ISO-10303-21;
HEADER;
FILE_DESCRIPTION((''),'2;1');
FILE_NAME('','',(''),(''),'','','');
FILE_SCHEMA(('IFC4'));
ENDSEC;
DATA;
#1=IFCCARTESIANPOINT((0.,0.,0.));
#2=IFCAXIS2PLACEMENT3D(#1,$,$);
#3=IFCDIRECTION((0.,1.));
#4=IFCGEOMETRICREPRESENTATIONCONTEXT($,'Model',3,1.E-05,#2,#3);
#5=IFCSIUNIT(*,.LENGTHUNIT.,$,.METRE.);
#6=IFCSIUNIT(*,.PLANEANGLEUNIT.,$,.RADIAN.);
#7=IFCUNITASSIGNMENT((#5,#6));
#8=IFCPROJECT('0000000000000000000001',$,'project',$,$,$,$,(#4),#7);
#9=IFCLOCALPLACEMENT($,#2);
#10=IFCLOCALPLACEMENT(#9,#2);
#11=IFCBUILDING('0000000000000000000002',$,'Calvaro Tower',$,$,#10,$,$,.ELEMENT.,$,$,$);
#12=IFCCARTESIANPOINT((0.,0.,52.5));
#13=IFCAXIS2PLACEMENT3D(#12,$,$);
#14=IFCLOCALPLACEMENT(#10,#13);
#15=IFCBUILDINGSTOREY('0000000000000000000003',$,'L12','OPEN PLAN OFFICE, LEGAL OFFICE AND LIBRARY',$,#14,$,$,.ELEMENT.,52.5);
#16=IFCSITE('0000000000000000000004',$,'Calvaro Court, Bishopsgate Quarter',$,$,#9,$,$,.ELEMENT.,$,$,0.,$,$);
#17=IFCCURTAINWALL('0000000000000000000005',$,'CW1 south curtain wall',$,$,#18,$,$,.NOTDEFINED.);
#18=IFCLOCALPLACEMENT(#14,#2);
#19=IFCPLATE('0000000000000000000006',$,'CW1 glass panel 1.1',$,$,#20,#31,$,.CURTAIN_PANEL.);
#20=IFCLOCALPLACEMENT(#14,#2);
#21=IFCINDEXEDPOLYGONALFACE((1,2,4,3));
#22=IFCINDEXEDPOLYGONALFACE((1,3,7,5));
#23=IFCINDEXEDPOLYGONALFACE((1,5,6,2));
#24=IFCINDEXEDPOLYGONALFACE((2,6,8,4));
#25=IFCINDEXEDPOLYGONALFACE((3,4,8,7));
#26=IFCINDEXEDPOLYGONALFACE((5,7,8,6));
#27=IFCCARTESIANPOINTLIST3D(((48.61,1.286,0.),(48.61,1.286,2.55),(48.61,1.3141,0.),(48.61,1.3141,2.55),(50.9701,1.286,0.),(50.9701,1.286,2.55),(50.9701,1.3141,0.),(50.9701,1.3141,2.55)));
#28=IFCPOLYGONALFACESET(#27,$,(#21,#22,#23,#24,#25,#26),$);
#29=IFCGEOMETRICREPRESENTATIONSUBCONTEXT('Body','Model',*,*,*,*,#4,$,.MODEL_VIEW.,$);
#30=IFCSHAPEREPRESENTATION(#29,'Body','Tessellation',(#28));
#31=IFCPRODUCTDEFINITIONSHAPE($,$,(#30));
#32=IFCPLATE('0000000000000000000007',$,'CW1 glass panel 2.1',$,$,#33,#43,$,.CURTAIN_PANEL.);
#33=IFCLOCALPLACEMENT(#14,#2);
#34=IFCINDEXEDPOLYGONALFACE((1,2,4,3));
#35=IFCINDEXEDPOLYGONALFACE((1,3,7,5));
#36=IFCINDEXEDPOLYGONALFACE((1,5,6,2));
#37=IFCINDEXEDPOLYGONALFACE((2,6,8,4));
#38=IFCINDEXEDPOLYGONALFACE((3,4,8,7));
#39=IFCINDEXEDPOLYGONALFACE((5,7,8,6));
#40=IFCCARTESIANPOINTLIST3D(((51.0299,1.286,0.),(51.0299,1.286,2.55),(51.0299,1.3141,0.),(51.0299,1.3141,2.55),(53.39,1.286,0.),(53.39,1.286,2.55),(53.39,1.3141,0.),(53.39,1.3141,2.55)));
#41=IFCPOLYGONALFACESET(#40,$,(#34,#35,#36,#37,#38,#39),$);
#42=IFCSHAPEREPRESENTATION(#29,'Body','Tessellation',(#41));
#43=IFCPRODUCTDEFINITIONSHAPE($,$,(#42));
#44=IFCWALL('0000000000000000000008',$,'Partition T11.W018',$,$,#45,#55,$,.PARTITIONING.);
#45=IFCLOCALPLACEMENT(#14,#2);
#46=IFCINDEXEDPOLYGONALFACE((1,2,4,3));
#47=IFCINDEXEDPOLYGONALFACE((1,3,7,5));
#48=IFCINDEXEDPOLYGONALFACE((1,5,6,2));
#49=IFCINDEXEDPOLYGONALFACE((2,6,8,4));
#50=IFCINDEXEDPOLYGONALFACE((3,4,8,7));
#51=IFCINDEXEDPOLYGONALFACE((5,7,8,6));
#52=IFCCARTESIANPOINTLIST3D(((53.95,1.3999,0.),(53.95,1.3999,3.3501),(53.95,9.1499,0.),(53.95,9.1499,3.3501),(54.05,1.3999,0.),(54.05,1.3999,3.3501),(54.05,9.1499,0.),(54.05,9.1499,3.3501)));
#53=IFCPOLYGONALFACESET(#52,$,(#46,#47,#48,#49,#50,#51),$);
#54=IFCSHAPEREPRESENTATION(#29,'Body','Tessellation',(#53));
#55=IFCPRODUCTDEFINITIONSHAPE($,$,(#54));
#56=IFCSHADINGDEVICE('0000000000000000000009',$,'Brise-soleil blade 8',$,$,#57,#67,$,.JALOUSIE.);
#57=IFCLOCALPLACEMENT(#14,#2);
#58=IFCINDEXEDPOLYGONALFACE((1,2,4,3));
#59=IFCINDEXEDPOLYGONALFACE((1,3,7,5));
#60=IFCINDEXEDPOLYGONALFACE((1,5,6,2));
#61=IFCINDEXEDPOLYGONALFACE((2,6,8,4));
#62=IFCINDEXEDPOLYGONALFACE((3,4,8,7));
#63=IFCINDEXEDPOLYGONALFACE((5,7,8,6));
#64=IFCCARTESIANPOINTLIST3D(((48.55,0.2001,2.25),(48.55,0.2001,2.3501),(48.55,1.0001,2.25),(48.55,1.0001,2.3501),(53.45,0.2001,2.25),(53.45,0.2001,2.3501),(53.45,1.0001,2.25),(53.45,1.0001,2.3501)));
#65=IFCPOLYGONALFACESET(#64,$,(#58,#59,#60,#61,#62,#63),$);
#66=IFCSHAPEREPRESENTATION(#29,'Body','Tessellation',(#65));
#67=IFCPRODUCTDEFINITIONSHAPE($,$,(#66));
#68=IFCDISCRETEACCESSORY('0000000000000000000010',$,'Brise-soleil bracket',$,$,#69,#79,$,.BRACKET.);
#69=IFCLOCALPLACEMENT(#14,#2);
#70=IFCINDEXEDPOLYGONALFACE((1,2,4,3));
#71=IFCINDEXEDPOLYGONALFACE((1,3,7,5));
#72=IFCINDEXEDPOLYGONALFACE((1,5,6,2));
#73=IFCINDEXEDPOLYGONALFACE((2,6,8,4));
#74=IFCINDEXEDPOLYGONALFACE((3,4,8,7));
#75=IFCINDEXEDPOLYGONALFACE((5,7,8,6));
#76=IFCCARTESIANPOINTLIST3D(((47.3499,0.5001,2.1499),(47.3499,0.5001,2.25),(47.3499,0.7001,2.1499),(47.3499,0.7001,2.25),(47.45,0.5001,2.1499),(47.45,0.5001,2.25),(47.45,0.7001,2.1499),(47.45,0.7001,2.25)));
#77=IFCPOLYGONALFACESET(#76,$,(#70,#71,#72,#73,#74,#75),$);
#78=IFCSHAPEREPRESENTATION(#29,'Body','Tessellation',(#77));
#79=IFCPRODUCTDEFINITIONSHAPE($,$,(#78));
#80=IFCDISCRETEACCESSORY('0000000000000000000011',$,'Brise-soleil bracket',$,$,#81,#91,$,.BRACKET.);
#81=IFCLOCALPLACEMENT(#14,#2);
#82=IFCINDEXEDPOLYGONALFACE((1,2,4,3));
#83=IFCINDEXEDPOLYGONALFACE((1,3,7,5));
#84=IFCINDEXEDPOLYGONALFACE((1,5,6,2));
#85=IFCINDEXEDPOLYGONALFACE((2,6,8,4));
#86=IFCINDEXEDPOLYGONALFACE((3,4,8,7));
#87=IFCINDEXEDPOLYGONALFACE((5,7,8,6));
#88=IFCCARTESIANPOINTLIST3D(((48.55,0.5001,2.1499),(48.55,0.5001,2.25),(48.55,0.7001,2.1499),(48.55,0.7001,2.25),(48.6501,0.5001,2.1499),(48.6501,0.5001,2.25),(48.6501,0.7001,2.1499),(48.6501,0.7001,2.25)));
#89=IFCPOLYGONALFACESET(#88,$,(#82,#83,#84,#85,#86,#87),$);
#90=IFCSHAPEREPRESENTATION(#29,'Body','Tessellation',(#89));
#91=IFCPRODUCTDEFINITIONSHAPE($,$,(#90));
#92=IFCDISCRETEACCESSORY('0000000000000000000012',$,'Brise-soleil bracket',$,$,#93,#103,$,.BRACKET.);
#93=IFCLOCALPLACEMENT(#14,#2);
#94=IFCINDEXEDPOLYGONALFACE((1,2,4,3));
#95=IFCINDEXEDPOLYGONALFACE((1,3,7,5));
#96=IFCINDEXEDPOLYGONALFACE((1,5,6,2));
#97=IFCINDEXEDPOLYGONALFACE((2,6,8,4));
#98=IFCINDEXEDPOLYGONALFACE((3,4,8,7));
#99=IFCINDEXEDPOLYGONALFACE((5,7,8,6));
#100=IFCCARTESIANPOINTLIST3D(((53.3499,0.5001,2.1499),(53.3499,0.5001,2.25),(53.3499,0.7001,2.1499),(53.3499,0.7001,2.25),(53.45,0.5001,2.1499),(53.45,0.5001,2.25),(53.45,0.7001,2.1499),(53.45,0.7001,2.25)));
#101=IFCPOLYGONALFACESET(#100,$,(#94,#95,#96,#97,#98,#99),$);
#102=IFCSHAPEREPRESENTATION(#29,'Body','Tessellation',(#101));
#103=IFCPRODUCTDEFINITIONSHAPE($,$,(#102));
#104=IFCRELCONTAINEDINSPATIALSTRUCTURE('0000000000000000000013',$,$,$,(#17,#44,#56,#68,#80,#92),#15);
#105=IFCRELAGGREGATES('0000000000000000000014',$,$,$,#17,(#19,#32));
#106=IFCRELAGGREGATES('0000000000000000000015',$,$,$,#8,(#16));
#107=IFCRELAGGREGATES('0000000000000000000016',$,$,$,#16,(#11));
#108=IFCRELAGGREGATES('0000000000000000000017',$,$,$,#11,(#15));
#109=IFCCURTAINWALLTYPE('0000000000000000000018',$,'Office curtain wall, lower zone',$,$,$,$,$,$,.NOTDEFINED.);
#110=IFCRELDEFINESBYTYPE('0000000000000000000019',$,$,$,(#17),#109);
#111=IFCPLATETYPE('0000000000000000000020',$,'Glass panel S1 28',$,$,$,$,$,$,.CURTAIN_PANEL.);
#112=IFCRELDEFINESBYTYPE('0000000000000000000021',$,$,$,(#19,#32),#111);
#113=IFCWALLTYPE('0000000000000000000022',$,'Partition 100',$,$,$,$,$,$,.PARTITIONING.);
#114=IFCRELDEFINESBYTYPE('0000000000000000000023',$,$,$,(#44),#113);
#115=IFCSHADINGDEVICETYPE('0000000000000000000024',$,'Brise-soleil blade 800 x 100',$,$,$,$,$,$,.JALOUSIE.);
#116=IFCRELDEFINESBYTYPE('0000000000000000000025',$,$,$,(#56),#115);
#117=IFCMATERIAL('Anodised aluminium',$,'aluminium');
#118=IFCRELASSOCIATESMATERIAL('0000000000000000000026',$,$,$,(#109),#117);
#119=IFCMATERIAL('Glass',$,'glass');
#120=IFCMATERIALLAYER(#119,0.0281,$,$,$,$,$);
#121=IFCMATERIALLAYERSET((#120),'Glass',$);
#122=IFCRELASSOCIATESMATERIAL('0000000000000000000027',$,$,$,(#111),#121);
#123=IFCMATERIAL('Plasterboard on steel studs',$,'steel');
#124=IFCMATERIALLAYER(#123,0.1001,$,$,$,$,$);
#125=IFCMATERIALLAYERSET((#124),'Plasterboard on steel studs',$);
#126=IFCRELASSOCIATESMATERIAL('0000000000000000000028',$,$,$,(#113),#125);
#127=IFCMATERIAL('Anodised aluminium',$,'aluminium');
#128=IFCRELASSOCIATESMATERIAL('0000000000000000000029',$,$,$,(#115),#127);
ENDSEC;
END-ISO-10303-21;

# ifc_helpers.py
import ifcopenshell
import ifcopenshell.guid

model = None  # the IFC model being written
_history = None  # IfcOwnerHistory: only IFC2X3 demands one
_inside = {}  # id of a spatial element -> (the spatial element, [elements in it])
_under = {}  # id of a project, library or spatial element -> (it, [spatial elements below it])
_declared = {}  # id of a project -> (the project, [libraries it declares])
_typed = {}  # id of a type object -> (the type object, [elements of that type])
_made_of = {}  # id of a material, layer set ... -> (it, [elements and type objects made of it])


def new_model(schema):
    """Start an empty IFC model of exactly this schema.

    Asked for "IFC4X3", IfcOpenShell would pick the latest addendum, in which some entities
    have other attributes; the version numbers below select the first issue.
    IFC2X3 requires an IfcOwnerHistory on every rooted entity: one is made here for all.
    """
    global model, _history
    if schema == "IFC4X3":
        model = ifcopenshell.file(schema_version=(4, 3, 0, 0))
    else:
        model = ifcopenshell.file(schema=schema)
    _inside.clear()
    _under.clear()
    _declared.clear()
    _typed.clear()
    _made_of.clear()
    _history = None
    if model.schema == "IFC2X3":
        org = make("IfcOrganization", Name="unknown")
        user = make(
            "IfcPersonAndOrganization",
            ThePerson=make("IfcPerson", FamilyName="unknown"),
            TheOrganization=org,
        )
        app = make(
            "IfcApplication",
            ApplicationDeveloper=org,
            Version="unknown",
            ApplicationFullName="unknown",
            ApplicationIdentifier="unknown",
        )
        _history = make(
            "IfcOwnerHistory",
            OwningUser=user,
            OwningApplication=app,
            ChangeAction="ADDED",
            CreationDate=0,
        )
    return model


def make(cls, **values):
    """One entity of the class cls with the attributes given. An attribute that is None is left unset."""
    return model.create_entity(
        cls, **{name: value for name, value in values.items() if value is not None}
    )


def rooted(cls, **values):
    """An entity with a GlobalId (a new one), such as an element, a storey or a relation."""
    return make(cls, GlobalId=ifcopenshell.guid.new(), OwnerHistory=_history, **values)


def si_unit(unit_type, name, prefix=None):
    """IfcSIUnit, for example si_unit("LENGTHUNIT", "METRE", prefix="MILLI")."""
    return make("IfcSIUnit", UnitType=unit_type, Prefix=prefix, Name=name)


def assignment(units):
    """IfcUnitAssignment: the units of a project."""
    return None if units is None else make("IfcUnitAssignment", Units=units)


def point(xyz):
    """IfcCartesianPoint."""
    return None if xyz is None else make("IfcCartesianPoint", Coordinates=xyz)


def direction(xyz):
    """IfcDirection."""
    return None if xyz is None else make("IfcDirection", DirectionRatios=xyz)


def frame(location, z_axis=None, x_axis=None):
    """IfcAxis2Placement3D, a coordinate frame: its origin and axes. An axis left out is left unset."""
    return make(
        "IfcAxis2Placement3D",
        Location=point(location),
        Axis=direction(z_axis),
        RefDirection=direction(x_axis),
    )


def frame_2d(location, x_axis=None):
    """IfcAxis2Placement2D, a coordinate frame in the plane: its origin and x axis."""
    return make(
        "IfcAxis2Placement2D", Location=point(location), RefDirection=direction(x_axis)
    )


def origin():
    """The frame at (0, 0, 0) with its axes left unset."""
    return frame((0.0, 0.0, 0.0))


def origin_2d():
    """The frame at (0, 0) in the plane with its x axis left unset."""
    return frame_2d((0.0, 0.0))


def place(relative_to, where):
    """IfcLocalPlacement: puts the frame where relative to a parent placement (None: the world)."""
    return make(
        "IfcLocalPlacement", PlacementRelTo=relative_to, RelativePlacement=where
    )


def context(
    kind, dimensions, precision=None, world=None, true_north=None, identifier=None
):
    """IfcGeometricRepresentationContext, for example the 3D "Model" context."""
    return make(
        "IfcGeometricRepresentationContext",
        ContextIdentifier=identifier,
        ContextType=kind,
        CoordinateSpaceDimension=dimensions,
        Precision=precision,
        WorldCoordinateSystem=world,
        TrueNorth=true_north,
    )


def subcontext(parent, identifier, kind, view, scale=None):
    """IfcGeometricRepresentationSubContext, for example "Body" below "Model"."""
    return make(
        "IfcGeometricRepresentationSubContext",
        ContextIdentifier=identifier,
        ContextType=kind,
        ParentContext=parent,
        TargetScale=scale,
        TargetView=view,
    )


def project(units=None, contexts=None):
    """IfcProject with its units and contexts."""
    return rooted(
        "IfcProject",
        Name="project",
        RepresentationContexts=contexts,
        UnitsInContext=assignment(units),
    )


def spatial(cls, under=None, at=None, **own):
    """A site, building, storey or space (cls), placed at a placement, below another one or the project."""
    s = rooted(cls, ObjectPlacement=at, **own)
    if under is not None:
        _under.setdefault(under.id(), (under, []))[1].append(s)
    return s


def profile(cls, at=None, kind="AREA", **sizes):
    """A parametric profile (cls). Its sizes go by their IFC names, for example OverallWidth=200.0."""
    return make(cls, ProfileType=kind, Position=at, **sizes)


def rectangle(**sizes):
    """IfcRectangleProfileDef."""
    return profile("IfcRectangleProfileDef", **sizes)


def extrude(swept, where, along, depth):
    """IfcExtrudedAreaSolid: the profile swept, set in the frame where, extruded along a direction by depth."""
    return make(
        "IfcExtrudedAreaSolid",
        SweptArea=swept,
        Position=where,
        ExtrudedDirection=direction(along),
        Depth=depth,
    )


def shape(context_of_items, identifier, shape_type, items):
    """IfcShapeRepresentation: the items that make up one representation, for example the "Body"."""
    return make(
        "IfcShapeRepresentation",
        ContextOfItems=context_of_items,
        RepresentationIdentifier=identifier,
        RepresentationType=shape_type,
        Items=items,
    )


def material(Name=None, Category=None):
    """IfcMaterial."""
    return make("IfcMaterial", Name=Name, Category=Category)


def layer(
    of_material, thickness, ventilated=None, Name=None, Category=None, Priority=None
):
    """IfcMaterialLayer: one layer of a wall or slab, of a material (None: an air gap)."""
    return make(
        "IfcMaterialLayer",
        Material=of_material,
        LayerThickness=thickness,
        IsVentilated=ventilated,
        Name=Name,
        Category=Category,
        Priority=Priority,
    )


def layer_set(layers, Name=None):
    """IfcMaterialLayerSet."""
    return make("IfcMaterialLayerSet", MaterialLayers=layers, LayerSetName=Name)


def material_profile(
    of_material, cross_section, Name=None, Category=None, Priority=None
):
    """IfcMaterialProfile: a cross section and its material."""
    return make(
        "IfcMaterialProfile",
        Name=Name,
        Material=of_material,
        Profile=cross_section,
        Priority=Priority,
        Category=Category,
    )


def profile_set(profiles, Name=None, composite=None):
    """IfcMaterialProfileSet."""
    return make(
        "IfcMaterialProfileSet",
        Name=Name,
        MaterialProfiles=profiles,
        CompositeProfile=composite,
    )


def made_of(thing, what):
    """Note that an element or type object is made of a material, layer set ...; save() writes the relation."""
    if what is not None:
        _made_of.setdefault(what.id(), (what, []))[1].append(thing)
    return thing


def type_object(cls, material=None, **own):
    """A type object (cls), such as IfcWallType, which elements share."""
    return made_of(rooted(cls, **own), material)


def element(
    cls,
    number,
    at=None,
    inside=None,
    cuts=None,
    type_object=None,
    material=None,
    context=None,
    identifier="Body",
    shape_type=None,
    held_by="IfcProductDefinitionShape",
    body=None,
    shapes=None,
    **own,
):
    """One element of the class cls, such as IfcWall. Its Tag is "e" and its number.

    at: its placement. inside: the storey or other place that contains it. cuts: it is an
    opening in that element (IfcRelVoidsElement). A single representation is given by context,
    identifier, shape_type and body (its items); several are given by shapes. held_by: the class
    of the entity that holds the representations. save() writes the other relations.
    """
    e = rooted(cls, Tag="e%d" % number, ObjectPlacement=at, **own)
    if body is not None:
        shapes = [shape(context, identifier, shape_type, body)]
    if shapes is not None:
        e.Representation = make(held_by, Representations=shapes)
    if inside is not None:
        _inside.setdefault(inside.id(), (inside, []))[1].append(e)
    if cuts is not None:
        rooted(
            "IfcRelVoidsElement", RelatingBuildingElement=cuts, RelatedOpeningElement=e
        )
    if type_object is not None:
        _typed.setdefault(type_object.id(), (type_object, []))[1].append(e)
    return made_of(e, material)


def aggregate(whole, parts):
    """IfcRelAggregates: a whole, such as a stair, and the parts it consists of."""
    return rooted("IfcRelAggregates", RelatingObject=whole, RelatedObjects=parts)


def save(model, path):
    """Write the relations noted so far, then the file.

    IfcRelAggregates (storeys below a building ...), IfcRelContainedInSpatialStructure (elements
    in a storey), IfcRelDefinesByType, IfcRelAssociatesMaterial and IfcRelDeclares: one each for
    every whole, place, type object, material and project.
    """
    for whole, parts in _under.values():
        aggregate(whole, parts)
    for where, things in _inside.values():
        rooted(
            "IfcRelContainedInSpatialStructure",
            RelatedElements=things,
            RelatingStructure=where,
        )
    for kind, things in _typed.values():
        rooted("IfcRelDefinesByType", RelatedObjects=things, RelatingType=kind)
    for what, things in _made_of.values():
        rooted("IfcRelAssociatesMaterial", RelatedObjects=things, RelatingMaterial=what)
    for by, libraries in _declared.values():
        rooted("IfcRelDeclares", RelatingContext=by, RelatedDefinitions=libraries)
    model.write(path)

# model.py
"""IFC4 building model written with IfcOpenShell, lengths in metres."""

from ifc_helpers import new_model, si_unit, direction, frame, frame_2d, origin, origin_2d, place, context, subcontext, project, spatial, rectangle, extrude, material, layer, layer_set, material_profile, profile_set, type_object, element, aggregate, save


model = new_model("IFC4")

# Units and contexts
model_context = context("Model", 3, precision=1e-05, world=origin(), true_north=direction((0.0, 1.0)))
body_context = subcontext(model_context, "Body", "Model", "MODEL_VIEW")
ifc_project = project(units=[si_unit("LENGTHUNIT", "METRE"), si_unit("PLANEANGLEUNIT", "RADIAN")], contexts=[model_context])

# Site, building, storey
site_placement = place(None, origin())
site = spatial("IfcSite", under=ifc_project, at=site_placement, Name="Calvaro Court, Bishopsgate Quarter", CompositionType="ELEMENT", RefElevation=0.0)
building_placement = place(site_placement, origin())
building = spatial("IfcBuilding", under=site, at=building_placement, Name="Calvaro Tower", CompositionType="ELEMENT")
storey_placement = place(building_placement, frame((0.0, 0.0, 52.5)))
storey = spatial("IfcBuildingStorey", under=building, at=storey_placement, Name="L12", Description="OPEN PLAN OFFICE, LEGAL OFFICE AND LIBRARY", CompositionType="ELEMENT", Elevation=52.5)

# Curtain wall
ifc_material_1 = material(Name="Anodised aluminium", Category="aluminium")
curtain_wall_type = type_object("IfcCurtainWallType", Name="Office curtain wall, lower zone", PredefinedType="NOTDEFINED", material=ifc_material_1)
curtain_wall_1_placement = place(storey_placement, origin())
curtain_wall_1 = element("IfcCurtainWall", 1, at=curtain_wall_1_placement, inside=storey, type_object=curtain_wall_type, Name="CW1 south curtain wall", PredefinedType="NOTDEFINED")

# Plates
ifc_material_2 = material(Name="Glass", Category="glass")
ifc_layer_1 = layer(ifc_material_2, 0.0281)
ifc_layer_set_1 = layer_set([ifc_layer_1], Name="Glass")
plate_type = type_object("IfcPlateType", Name="Glass panel S1 28", PredefinedType="CURTAIN_PANEL", material=ifc_layer_set_1)
plate_1_placement = place(storey_placement, frame((49.79, 1.3, 0.0), z_axis=(0.0, 0.0, 1.0), x_axis=(1.0, 0.0, 0.0)))
plate_1 = element("IfcPlate", 2, at=plate_1_placement, type_object=plate_type, Name="CW1 glass panel 1.1", PredefinedType="CURTAIN_PANEL", context=body_context, shape_type="SweptSolid", body=[
    extrude(rectangle(XDim=2.3601, YDim=0.0281, at=origin_2d()), origin(), (0.0, 0.0, 1.0), 2.55),
])
plate_2_placement = place(storey_placement, frame((52.21, 1.3, 0.0), z_axis=(0.0, 0.0, 1.0), x_axis=(1.0, 0.0, 0.0)))
plate_2 = element("IfcPlate", 3, at=plate_2_placement, type_object=plate_type, Name="CW1 glass panel 2.1", PredefinedType="CURTAIN_PANEL", context=body_context, shape_type="SweptSolid", body=[
    extrude(rectangle(XDim=2.3601, YDim=0.0281, at=origin_2d()), origin(), (0.0, 0.0, 1.0), 2.55),
])
aggregate(curtain_wall_1, [plate_1, plate_2])

# Wall
ifc_material_3 = material(Name="Plasterboard on steel studs", Category="steel")
ifc_layer_2 = layer(ifc_material_3, 0.1001)
ifc_layer_set_2 = layer_set([ifc_layer_2], Name="Plasterboard on steel studs")
wall_type = type_object("IfcWallType", Name="Partition 100", PredefinedType="PARTITIONING", material=ifc_layer_set_2)
wall_placement = place(storey_placement, frame((54.0, 1.3999, 0.0), z_axis=(0.0, 0.0, 1.0), x_axis=(0.0, 1.0, 0.0)))
element("IfcWall", 4, at=wall_placement, inside=storey, type_object=wall_type, Name="Partition T11.W018", PredefinedType="PARTITIONING", context=body_context, shape_type="SweptSolid", body=[
    extrude(rectangle(XDim=7.75, YDim=0.1001, at=frame_2d((3.875, 0.0))), origin(), (0.0, 0.0, 1.0), 3.3501),
])

# Shading device
ifc_material_4 = material(Name="Anodised aluminium", Category="aluminium")
ifc_material_profile_1 = material_profile(ifc_material_4, rectangle(XDim=0.8, YDim=0.1001, at=origin_2d()), Name="Brise-soleil blade 800 x 100")
ifc_profile_set_1 = profile_set([ifc_material_profile_1], Name="Anodised aluminium")
shading_device_type = type_object("IfcShadingDeviceType", Name="Brise-soleil blade 800 x 100", PredefinedType="JALOUSIE", material=ifc_profile_set_1)
shading_device_placement = place(storey_placement, frame((48.55, 0.6001, 2.3), z_axis=(1.0, 0.0, 0.0), x_axis=(0.0, 1.0, 0.0)))
element("IfcShadingDevice", 5, at=shading_device_placement, inside=storey, type_object=shading_device_type, Name="Brise-soleil blade 8", PredefinedType="JALOUSIE", context=body_context, shape_type="SweptSolid", body=[
    extrude(rectangle(XDim=0.8, YDim=0.1001, at=origin_2d()), origin(), (0.0, 0.0, 1.0), 4.8999),
])

# Discrete accessories
for number, where, z_axis, x_axis, name in (
    (6, (47.3999, 0.6001, 2.1499), (0.0, 0.0, 1.0), (1.0, 0.0, 0.0), "Brise-soleil bracket"),
    (7, (48.6001, 0.6001, 2.1499), (0.0, 0.0, 1.0), (1.0, 0.0, 0.0), "Brise-soleil bracket"),
    (8, (53.3999, 0.6001, 2.1499), (0.0, 0.0, 1.0), (1.0, 0.0, 0.0), "Brise-soleil bracket"),
):
    element("IfcDiscreteAccessory", number, at=place(storey_placement, frame(where, z_axis=z_axis, x_axis=x_axis)), inside=storey, Name=name, PredefinedType="BRACKET", context=body_context, shape_type="SweptSolid", body=[
        extrude(rectangle(XDim=0.1001, YDim=0.2, at=origin_2d()), origin(), (0.0, 0.0, 1.0), 0.1001),
    ])

save(model, "model.ifc")
